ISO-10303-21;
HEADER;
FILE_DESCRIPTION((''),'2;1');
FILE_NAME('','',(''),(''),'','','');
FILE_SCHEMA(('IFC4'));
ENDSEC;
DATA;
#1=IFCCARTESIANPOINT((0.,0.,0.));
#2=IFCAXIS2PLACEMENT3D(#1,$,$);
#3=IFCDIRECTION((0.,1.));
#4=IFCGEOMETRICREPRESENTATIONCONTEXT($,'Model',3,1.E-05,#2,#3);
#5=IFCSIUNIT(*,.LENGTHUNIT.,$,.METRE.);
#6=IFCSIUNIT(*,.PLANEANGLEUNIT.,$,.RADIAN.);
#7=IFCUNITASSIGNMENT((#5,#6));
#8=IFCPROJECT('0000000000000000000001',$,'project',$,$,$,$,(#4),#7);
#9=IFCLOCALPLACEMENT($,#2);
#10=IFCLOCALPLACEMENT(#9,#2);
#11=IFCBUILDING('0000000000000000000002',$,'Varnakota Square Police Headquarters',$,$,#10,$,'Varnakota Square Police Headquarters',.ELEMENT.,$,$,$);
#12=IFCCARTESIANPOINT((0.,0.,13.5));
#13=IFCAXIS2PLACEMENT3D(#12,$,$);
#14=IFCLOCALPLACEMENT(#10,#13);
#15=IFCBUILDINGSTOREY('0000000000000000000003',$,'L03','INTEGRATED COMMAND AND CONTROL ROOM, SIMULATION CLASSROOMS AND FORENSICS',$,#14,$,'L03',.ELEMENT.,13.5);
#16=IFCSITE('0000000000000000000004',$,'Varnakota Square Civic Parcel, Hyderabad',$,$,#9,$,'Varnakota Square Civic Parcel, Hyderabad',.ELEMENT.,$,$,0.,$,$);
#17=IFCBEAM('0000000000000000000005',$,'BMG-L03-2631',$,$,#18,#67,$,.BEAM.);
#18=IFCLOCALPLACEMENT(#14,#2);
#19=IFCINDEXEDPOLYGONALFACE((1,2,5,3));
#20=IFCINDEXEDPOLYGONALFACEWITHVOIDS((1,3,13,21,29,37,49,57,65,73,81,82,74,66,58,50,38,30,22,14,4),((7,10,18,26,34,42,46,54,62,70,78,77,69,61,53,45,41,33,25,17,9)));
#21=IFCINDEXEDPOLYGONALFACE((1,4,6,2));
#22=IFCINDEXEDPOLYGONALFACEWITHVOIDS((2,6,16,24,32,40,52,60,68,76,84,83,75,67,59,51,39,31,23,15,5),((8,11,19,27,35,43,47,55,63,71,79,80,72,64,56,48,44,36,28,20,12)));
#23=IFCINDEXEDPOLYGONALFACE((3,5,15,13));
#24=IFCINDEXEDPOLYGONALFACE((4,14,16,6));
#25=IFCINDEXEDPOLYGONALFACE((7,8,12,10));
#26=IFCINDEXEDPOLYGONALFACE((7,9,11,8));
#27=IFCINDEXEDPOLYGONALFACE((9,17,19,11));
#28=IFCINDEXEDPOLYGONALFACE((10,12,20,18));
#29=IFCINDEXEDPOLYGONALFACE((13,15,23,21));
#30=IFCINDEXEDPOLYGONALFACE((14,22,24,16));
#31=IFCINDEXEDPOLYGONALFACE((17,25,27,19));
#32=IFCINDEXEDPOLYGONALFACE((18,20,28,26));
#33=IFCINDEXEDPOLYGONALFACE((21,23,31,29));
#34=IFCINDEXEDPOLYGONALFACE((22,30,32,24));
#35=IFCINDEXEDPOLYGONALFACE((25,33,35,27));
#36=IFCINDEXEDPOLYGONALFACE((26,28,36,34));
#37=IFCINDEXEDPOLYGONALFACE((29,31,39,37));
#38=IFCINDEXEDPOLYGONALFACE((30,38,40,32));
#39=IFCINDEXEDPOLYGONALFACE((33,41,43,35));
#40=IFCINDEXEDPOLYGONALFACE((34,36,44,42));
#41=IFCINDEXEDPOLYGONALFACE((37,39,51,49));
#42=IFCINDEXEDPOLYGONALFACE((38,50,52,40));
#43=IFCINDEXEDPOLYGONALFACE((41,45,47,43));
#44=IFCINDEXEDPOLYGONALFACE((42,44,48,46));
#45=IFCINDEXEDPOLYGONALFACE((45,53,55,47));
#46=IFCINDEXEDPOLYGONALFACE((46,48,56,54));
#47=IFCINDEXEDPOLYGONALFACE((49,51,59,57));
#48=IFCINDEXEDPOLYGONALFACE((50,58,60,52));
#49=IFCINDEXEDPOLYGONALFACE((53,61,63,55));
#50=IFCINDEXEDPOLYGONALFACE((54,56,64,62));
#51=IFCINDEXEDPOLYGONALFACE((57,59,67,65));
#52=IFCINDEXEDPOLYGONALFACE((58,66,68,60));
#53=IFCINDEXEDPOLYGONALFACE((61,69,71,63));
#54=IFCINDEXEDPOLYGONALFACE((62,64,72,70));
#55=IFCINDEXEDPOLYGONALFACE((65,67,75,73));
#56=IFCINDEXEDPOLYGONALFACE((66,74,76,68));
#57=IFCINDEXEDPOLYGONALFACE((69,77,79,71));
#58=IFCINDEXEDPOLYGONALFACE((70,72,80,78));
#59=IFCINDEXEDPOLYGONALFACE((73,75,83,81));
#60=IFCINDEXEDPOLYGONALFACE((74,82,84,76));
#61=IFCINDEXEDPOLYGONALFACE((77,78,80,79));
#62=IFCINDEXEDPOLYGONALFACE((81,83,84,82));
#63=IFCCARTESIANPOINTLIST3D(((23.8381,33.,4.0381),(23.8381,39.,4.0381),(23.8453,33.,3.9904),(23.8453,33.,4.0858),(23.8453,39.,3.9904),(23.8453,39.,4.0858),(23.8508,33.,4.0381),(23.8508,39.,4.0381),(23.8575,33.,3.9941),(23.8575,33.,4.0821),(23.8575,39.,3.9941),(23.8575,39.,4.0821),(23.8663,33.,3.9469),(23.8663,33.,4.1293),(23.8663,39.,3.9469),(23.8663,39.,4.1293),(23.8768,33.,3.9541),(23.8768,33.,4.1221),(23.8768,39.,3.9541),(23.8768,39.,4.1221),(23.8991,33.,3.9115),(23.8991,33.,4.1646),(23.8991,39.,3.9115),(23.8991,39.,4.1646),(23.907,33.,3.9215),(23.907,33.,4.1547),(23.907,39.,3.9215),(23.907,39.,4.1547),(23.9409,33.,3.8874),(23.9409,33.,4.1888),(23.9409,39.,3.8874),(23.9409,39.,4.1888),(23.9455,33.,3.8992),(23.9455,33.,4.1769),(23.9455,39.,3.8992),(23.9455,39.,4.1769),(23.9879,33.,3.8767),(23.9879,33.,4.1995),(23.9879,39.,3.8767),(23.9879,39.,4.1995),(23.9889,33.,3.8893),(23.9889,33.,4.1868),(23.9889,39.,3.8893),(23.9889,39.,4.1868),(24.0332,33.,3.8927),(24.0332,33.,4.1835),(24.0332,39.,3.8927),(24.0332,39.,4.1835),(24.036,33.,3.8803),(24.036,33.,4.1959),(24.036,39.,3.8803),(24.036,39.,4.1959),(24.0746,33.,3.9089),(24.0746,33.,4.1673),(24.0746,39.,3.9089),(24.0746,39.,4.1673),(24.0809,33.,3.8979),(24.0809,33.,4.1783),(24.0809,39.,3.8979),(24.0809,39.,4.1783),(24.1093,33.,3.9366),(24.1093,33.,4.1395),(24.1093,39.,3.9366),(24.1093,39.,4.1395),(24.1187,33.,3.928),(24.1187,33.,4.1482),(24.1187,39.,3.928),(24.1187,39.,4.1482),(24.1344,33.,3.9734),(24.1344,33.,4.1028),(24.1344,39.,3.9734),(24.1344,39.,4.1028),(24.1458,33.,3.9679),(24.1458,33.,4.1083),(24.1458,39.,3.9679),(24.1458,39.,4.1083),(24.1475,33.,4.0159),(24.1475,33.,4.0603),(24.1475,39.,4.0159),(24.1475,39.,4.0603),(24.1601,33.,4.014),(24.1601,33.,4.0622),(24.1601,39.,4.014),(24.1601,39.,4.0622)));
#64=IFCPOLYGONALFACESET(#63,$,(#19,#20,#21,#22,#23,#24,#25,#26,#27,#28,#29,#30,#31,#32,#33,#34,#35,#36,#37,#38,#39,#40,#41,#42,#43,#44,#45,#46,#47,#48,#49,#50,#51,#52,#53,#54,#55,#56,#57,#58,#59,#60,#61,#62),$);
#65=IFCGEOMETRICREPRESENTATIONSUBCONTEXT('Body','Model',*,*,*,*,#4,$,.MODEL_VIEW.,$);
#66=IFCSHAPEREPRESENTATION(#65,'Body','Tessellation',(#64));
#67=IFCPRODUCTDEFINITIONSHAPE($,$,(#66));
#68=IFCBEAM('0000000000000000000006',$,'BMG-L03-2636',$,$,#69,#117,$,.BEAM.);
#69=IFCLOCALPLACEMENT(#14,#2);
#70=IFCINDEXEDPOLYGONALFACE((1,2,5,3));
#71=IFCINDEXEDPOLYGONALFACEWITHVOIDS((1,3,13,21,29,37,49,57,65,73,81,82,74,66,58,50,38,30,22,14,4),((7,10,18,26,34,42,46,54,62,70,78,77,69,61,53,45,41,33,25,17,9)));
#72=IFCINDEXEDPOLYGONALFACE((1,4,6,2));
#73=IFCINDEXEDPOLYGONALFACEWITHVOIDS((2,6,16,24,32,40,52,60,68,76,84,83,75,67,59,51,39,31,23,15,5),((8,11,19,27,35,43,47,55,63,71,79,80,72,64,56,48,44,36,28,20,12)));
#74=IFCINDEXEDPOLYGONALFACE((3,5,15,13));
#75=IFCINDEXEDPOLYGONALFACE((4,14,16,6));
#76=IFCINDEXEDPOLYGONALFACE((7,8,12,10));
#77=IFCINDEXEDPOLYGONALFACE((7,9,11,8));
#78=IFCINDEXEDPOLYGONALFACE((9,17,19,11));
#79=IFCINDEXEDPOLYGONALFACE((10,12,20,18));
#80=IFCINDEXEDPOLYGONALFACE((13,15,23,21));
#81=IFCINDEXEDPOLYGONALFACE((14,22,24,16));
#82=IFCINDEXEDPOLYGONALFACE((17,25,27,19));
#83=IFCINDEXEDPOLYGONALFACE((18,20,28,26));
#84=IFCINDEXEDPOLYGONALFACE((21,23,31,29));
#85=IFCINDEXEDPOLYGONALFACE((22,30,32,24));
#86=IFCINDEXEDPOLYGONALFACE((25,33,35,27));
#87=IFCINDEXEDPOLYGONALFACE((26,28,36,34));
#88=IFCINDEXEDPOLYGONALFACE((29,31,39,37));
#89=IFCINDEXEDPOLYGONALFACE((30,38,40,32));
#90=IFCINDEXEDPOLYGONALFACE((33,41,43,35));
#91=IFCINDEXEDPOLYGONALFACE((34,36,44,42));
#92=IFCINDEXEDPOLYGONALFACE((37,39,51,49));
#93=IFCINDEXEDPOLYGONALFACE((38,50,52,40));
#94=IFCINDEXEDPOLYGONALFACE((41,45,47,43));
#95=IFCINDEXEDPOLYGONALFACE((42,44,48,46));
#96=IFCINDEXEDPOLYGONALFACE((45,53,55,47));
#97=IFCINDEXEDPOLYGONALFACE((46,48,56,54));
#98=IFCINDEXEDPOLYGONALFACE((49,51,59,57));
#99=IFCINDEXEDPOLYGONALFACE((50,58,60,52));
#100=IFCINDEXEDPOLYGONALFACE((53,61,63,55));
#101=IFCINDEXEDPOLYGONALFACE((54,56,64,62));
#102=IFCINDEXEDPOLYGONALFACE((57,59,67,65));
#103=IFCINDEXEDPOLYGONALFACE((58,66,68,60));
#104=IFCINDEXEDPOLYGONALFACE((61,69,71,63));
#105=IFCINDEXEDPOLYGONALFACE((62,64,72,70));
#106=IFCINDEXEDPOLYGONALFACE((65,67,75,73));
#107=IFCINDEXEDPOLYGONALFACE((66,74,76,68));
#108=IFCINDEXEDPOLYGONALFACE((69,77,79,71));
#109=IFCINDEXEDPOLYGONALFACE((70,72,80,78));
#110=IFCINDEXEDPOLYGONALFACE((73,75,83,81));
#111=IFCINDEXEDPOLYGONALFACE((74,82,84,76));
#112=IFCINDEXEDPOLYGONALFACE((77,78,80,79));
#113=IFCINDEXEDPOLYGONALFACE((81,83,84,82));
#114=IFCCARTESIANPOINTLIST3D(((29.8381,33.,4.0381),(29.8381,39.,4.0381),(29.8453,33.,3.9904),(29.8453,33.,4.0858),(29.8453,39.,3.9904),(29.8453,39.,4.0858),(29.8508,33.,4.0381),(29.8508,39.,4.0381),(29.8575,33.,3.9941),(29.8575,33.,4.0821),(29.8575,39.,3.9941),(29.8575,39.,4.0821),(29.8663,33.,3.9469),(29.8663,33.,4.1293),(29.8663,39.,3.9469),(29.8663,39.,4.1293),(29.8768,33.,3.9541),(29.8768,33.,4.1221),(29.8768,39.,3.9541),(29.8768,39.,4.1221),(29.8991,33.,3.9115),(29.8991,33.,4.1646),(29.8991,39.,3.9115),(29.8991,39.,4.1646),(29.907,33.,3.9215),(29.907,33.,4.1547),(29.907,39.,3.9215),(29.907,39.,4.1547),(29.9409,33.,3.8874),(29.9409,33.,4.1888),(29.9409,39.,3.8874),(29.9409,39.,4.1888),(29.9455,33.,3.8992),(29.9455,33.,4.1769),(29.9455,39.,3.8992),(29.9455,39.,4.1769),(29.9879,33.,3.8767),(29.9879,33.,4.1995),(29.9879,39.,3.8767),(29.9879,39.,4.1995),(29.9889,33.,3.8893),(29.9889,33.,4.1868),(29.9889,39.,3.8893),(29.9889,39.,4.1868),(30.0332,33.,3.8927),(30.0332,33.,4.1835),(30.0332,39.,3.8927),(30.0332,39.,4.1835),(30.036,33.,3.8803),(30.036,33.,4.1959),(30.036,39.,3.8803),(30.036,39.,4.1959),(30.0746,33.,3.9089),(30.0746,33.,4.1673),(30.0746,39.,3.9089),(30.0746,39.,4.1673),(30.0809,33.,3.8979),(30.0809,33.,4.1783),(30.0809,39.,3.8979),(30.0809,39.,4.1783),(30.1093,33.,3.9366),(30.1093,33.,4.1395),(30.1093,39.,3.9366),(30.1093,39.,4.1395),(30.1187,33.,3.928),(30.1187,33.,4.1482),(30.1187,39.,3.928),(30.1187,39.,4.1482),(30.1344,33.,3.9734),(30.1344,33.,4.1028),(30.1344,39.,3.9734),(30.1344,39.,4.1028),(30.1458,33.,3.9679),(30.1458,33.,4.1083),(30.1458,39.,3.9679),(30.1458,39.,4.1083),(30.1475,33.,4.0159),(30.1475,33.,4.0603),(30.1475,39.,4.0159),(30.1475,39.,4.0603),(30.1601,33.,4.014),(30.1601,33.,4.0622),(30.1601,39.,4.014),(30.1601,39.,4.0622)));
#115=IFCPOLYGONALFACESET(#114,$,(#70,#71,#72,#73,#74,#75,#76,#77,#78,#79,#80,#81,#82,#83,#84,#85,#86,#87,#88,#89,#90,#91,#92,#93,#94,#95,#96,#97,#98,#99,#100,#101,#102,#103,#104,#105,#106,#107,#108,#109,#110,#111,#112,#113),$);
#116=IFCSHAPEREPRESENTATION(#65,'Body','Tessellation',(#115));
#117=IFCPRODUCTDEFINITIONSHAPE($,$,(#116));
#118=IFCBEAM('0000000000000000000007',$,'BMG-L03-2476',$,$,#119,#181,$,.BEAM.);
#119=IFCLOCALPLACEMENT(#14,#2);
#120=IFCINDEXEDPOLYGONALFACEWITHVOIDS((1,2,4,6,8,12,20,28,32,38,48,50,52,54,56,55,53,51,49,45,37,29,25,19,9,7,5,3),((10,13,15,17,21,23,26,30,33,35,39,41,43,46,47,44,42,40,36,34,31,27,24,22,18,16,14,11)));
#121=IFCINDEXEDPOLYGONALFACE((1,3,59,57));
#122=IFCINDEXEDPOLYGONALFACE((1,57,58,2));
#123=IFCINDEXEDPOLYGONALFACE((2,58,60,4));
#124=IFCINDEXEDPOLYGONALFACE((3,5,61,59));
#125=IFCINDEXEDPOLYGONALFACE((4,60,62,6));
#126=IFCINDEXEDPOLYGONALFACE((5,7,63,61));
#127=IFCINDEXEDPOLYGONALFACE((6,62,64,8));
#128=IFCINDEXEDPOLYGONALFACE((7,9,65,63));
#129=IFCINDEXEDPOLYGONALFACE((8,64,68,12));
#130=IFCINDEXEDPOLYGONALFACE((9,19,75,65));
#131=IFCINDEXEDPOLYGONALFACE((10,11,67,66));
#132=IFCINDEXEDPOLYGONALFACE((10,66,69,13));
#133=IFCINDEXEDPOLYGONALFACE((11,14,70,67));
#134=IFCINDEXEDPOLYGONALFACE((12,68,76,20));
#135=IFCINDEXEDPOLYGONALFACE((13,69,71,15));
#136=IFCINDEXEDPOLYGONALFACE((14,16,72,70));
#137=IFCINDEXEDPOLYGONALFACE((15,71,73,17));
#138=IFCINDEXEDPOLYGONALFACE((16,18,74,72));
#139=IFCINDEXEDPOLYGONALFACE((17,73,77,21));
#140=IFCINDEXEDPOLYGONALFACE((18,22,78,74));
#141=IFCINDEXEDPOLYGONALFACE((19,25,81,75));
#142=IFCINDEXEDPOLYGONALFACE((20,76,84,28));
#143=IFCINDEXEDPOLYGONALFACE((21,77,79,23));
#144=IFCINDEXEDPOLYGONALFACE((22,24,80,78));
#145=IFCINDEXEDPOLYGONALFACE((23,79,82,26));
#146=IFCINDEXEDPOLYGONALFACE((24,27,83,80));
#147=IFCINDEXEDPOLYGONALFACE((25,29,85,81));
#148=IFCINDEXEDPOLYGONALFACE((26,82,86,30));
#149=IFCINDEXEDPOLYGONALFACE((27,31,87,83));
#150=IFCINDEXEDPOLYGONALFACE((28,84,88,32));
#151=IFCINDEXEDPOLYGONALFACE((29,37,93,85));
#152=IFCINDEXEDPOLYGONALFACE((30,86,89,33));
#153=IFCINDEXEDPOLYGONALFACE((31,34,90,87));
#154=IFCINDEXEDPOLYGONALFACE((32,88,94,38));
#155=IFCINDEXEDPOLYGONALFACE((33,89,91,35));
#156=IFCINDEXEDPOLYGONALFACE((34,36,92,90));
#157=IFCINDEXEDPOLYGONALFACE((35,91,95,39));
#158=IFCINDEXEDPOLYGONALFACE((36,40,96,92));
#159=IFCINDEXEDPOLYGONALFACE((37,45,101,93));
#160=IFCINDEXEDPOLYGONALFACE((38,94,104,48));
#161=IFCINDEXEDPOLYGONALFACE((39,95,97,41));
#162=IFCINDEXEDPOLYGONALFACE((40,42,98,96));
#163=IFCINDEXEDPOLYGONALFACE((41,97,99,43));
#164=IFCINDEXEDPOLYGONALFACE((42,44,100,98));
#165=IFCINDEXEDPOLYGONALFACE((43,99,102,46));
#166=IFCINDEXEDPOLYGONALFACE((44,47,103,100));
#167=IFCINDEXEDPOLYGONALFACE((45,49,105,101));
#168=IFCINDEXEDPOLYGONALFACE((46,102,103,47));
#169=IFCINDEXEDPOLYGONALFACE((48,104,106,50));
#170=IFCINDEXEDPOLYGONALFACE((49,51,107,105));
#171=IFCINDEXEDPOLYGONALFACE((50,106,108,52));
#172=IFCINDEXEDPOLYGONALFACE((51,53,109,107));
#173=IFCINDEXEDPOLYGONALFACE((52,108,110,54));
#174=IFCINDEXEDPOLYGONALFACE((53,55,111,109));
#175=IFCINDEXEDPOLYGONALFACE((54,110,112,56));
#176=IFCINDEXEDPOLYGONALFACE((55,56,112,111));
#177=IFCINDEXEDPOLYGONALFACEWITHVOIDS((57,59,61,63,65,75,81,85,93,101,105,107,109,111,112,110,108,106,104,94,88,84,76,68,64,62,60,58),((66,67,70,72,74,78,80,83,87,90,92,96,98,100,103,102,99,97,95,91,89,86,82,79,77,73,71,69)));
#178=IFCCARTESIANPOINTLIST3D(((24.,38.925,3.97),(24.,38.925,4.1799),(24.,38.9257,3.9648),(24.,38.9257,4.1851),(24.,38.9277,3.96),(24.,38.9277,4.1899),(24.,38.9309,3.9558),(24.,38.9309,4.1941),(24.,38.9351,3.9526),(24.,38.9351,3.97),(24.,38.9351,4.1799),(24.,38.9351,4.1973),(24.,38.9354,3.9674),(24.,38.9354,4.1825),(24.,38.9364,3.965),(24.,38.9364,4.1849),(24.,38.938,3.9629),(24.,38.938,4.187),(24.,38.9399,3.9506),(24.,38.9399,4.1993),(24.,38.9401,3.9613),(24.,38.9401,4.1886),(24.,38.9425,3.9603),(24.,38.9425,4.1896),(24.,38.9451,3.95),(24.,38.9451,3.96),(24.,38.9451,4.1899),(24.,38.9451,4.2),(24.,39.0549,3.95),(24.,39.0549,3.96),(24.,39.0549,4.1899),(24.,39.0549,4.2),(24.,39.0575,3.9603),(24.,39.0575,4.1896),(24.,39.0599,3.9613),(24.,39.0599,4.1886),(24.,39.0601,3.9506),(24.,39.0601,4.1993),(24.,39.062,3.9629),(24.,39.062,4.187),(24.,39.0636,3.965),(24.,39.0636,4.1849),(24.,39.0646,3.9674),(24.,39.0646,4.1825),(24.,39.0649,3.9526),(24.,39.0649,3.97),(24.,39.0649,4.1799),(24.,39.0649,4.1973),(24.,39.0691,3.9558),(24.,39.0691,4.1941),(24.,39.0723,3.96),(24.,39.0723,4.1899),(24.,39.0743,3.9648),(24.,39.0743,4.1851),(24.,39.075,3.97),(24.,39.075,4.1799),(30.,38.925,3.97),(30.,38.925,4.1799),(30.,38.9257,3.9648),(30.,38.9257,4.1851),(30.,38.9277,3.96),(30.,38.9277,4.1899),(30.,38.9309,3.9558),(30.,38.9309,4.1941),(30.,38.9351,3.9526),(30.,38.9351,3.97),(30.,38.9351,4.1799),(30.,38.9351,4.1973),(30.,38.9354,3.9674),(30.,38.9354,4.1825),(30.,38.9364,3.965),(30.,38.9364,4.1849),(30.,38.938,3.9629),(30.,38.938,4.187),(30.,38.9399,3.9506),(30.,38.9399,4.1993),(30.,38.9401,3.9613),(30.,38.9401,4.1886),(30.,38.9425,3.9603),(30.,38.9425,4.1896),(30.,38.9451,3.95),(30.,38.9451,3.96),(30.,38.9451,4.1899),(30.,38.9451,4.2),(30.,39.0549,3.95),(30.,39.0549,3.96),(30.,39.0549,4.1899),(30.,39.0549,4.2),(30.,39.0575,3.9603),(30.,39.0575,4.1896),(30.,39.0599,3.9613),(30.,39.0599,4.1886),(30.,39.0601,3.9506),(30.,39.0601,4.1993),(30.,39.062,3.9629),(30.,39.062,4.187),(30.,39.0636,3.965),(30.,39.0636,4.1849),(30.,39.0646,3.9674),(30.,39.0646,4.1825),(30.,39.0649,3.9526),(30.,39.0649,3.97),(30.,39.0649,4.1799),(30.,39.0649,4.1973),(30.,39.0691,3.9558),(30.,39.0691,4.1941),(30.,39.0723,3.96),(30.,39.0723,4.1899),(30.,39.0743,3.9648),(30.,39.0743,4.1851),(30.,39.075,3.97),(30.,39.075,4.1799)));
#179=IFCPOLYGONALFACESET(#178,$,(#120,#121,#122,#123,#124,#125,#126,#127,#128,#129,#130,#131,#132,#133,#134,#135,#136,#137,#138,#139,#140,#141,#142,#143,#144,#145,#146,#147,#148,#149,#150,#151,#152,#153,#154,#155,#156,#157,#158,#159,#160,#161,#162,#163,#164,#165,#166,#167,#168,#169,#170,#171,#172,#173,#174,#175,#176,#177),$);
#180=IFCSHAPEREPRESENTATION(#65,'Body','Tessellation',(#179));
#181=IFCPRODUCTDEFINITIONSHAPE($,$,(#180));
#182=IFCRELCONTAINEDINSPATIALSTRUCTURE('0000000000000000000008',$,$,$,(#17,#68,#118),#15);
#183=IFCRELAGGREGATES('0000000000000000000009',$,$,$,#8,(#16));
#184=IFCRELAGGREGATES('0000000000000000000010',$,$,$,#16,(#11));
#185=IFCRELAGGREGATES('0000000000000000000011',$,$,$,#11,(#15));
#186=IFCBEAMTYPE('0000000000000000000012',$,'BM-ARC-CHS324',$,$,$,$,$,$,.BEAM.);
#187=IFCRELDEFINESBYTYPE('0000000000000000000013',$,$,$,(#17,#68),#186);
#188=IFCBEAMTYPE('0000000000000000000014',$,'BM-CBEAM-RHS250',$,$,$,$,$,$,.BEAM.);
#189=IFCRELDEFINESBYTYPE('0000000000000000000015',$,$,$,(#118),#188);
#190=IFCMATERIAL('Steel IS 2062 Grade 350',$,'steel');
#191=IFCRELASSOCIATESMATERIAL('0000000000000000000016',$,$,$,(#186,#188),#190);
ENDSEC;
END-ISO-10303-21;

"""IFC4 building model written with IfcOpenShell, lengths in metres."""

from ifc_helpers import new_model, si_unit, direction, frame, origin, origin_2d, place, context, subcontext, project, spatial, hollow_rectangle, hollow_circle, extrude, material, material_profile, profile_set, type_object, element, save


model = new_model("IFC4")

# Units and contexts
model_context = context("Model", 3, precision=1e-05, world=origin(), true_north=direction((0.0, 1.0)))
body_context = subcontext(model_context, "Body", "Model", "MODEL_VIEW")
ifc_project = project(units=[si_unit("LENGTHUNIT", "METRE"), si_unit("PLANEANGLEUNIT", "RADIAN")], contexts=[model_context])

# Site, building, storey
site_placement = place(None, origin())
site = spatial("IfcSite", under=ifc_project, at=site_placement, Name="Varnakota Square Civic Parcel, Hyderabad", LongName="Varnakota Square Civic Parcel, Hyderabad", CompositionType="ELEMENT", RefElevation=0.0)
building_placement = place(site_placement, origin())
building = spatial("IfcBuilding", under=site, at=building_placement, Name="Varnakota Square Police Headquarters", LongName="Varnakota Square Police Headquarters", CompositionType="ELEMENT")
storey_placement = place(building_placement, frame((0.0, 0.0, 13.5)))
storey = spatial("IfcBuildingStorey", under=building, at=storey_placement, Name="L03", Description="INTEGRATED COMMAND AND CONTROL ROOM, SIMULATION CLASSROOMS AND FORENSICS", LongName="L03", CompositionType="ELEMENT", Elevation=13.5)

# Shared definitions
ifc_material_1 = material(Name="Steel IS 2062 Grade 350", Category="steel")

# Beams
ifc_material_profile_1 = material_profile(ifc_material_1, hollow_circle(Radius=0.1619, WallThickness=0.0127, at=origin_2d()), Name="CHS 323.9x12.7")
ifc_profile_set_1 = profile_set([ifc_material_profile_1], Name="Steel IS 2062 Grade 350")
beam_type_1 = type_object("IfcBeamType", Name="BM-ARC-CHS324", PredefinedType="BEAM", material=ifc_profile_set_1)
for number, where, z_axis, x_axis, name in (
    (1, (24.0, 33.0, 4.0381), (0.0, 1.0, 0.0), (-1.0, 0.0, 0.0), "BMG-L03-2631"),
    (2, (30.0, 33.0, 4.0381), (0.0, 1.0, 0.0), (-1.0, 0.0, 0.0), "BMG-L03-2636"),
):
    element("IfcBeam", number, at=place(storey_placement, frame(where, z_axis=z_axis, x_axis=x_axis)), inside=storey, type_object=beam_type_1, Name=name, PredefinedType="BEAM", context=body_context, shape_type="SweptSolid", body=[
        extrude(hollow_circle(Radius=0.1619, WallThickness=0.0127, at=origin_2d()), origin(), (0.0, 0.0, 1.0), 6.0),
    ])
ifc_material_profile_2 = material_profile(ifc_material_1, hollow_rectangle(XDim=0.1499, YDim=0.25, WallThickness=0.01, InnerFilletRadius=0.01, OuterFilletRadius=0.02, at=origin_2d()), Name="RHS 250x150x10")
ifc_profile_set_2 = profile_set([ifc_material_profile_2], Name="Steel IS 2062 Grade 350")
beam_type_2 = type_object("IfcBeamType", Name="BM-CBEAM-RHS250", PredefinedType="BEAM", material=ifc_profile_set_2)
beam_1_placement = place(storey_placement, frame((24.0, 39.0, 4.075), z_axis=(1.0, 0.0, 0.0), x_axis=(0.0, 1.0, 0.0)))
element("IfcBeam", 3, at=beam_1_placement, inside=storey, type_object=beam_type_2, Name="BMG-L03-2476", PredefinedType="BEAM", context=body_context, shape_type="SweptSolid", body=[
    extrude(hollow_rectangle(XDim=0.1499, YDim=0.25, WallThickness=0.01, InnerFilletRadius=0.01, OuterFilletRadius=0.02, at=origin_2d()), origin(), (0.0, 0.0, 1.0), 6.0),
])

save(model, "model.ifc")
